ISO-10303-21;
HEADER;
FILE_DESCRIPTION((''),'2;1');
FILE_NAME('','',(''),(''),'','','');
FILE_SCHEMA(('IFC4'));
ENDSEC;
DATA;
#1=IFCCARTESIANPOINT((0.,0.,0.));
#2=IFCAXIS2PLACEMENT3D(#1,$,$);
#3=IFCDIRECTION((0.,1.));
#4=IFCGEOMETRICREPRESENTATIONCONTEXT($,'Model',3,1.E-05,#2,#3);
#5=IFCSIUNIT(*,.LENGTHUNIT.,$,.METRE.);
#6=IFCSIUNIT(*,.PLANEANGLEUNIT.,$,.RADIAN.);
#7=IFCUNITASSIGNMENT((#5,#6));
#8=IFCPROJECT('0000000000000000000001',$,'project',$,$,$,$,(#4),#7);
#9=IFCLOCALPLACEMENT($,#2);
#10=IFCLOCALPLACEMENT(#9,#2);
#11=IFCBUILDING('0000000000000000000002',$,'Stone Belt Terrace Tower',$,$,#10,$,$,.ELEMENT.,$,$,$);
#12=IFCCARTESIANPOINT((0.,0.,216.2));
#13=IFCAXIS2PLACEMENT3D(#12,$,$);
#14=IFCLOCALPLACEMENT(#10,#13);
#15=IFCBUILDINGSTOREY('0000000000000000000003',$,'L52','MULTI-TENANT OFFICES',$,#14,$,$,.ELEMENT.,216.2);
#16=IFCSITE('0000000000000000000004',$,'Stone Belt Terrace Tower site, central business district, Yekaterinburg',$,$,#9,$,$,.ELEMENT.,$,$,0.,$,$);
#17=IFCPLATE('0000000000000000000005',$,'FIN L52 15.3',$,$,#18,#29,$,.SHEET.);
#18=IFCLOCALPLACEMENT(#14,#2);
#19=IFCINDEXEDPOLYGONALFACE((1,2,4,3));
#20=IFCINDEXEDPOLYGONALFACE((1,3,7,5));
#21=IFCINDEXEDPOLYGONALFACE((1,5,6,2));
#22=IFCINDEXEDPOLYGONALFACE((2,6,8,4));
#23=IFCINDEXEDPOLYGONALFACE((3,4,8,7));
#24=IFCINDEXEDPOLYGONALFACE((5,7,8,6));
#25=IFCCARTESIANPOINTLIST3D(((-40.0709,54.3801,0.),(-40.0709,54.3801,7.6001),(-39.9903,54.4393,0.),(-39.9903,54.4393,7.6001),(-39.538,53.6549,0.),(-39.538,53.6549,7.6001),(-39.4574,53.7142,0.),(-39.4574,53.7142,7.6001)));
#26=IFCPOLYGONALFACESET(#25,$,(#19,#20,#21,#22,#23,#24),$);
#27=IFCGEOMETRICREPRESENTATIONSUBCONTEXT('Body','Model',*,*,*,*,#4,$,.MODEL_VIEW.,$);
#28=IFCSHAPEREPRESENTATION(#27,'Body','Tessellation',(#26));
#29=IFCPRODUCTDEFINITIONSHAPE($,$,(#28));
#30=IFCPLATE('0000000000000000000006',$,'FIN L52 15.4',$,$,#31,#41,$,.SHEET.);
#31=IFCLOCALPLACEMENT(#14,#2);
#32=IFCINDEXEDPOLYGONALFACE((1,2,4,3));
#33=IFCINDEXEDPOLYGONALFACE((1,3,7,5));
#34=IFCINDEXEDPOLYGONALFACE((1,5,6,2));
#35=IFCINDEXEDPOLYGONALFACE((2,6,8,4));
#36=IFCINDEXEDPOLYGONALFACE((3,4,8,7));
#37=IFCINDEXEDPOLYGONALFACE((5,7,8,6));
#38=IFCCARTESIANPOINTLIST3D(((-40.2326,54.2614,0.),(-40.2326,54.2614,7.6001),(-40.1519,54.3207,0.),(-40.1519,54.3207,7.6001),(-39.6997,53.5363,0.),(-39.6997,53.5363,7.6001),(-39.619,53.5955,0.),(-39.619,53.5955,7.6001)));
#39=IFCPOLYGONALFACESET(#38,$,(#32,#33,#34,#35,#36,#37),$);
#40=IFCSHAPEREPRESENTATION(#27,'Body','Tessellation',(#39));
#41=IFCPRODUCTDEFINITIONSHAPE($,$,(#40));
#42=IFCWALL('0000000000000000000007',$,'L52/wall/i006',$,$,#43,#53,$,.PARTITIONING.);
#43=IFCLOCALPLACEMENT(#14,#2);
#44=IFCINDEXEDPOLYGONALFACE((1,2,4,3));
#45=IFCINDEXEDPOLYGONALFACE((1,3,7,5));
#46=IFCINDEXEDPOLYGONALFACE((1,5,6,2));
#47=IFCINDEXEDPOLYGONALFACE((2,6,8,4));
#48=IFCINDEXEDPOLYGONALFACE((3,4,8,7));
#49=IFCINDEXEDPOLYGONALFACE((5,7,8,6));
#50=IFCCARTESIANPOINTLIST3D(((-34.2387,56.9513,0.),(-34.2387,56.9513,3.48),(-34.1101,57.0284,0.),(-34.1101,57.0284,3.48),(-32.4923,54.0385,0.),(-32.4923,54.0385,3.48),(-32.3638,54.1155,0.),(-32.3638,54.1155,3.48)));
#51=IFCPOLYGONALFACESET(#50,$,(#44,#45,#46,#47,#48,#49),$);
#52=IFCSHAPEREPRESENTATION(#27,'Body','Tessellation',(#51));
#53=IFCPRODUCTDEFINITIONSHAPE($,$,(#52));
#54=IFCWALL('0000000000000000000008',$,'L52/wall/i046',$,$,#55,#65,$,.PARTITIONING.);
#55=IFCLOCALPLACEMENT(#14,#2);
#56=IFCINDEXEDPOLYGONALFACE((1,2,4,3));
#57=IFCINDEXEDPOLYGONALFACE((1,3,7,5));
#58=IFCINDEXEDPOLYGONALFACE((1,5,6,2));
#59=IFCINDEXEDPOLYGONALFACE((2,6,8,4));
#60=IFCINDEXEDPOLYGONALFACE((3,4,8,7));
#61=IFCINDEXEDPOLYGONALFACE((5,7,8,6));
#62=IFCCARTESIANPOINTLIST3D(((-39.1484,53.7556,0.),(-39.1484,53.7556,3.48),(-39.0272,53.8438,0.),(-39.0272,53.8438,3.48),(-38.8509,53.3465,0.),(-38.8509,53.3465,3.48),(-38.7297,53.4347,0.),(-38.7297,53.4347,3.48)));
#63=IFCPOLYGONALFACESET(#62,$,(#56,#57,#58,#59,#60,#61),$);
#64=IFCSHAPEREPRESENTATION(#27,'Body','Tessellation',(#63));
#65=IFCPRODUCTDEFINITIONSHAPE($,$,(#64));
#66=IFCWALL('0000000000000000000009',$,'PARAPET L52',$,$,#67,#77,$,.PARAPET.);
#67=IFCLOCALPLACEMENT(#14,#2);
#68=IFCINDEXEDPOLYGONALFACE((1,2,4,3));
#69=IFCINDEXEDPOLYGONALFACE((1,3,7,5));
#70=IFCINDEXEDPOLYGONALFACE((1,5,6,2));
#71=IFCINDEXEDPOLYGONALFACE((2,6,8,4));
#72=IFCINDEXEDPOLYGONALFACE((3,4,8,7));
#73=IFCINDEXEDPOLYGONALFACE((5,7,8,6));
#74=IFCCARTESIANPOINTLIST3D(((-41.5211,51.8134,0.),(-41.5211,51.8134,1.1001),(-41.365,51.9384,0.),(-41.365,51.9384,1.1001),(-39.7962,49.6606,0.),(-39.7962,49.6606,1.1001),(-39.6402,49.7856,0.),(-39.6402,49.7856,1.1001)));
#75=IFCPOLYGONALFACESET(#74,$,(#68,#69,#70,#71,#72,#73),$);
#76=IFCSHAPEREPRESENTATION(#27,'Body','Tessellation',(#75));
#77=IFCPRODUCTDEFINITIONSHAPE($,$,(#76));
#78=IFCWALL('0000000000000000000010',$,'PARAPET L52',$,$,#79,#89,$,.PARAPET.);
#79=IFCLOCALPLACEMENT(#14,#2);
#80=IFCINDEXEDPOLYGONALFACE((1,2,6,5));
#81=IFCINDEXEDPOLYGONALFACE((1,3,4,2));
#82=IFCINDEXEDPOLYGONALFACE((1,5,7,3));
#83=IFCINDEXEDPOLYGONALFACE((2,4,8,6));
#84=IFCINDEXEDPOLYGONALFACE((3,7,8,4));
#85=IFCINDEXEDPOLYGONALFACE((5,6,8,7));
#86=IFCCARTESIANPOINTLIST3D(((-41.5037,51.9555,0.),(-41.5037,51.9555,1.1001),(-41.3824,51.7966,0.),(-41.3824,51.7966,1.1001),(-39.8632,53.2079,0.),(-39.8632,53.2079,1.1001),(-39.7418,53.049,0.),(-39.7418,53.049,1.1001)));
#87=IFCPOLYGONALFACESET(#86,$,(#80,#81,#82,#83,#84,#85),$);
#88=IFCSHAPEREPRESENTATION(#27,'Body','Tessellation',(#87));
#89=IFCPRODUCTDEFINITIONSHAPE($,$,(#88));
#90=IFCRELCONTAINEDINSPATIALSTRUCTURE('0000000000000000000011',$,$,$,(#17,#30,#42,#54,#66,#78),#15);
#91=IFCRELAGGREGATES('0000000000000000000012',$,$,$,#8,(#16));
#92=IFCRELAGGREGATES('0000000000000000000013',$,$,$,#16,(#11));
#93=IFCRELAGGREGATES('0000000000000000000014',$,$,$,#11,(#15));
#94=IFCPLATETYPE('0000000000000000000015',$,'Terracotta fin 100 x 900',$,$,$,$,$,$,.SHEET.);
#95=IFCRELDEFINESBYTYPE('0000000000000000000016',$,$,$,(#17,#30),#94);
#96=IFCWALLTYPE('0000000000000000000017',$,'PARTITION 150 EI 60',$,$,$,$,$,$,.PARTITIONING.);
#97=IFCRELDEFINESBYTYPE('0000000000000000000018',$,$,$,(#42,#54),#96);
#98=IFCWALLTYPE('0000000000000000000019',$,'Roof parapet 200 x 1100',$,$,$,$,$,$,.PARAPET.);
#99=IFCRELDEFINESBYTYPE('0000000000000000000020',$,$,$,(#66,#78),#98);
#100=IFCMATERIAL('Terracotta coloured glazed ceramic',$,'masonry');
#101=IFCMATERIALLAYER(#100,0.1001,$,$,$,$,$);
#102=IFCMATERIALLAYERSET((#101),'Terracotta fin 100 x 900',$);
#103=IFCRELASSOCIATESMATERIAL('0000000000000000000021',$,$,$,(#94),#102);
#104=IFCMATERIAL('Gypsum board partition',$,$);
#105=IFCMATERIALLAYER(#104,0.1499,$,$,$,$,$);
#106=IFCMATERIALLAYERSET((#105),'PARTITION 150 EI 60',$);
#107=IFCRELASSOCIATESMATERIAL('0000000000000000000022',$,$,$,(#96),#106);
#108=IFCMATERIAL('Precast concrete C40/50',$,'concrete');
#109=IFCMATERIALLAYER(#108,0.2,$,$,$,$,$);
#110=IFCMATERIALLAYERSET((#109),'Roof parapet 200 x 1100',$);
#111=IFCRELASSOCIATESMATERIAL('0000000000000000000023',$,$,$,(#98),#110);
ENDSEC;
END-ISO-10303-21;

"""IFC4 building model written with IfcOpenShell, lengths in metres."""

from ifc_helpers import new_model, si_unit, direction, frame, frame_2d, origin, origin_2d, place, context, subcontext, project, spatial, rectangle, extrude, material, layer, layer_set, type_object, element, save


model = new_model("IFC4")

# Units and contexts
model_context = context("Model", 3, precision=1e-05, world=origin(), true_north=direction((0.0, 1.0)))
body_context = subcontext(model_context, "Body", "Model", "MODEL_VIEW")
ifc_project = project(units=[si_unit("LENGTHUNIT", "METRE"), si_unit("PLANEANGLEUNIT", "RADIAN")], contexts=[model_context])

# Site, building, storey
site_placement = place(None, origin())
site = spatial("IfcSite", under=ifc_project, at=site_placement, Name="Stone Belt Terrace Tower site, central business district, Yekaterinburg", CompositionType="ELEMENT", RefElevation=0.0)
building_placement = place(site_placement, origin())
building = spatial("IfcBuilding", under=site, at=building_placement, Name="Stone Belt Terrace Tower", CompositionType="ELEMENT")
storey_placement = place(building_placement, frame((0.0, 0.0, 216.2)))
storey = spatial("IfcBuildingStorey", under=building, at=storey_placement, Name="L52", Description="MULTI-TENANT OFFICES", CompositionType="ELEMENT", Elevation=216.2)

# Plates
ifc_material_1 = material(Name="Terracotta coloured glazed ceramic", Category="masonry")
ifc_layer_1 = layer(ifc_material_1, 0.1001)
ifc_layer_set_1 = layer_set([ifc_layer_1], Name="Terracotta fin 100 x 900")
plate_type_1 = type_object("IfcPlateType", Name="Terracotta fin 100 x 900", PredefinedType="SHEET", material=ifc_layer_set_1)
for number, where, z_axis, x_axis, name in (
    (1, (-39.7642, 54.0471, 0.0), (0.0, 0.0, 1.0), (-0.592181, 0.805805, 0.0), "FIN L52 15.3"),
    (2, (-39.9258, 53.9285, 0.0), (0.0, 0.0, 1.0), (-0.592181, 0.805805, 0.0), "FIN L52 15.4"),
):
    element("IfcPlate", number, at=place(storey_placement, frame(where, z_axis=z_axis, x_axis=x_axis)), inside=storey, type_object=plate_type_1, Name=name, PredefinedType="SHEET", context=body_context, shape_type="SweptSolid", body=[
        extrude(rectangle(XDim=0.8999, YDim=0.1001, at=origin_2d()), origin(), (0.0, 0.0, 1.0), 7.6001),
    ])

# Walls
ifc_material_2 = material(Name="Gypsum board partition")
ifc_layer_2 = layer(ifc_material_2, 0.1499)
ifc_layer_set_2 = layer_set([ifc_layer_2], Name="PARTITION 150 EI 60")
wall_type_1 = type_object("IfcWallType", Name="PARTITION 150 EI 60", PredefinedType="PARTITIONING", material=ifc_layer_set_2)
wall_1_placement = place(storey_placement, frame((-32.428, 54.0769, 0.0), z_axis=(0.0, 0.0, 1.0), x_axis=(-0.5142, 0.85767, 0.0)))
element("IfcWall", 3, at=wall_1_placement, inside=storey, type_object=wall_type_1, Name="L52/wall/i006", PredefinedType="PARTITIONING", context=body_context, shape_type="SweptSolid", body=[
    extrude(rectangle(XDim=3.3962, YDim=0.1499, at=frame_2d((1.6982, 0.0))), origin(), (0.0, 0.0, 1.0), 3.48),
])
wall_2_placement = place(storey_placement, frame((-38.7903, 53.3906, 0.0), z_axis=(0.0, 0.0, 1.0), x_axis=(-0.5882, 0.808715, 0.0)))
element("IfcWall", 4, at=wall_2_placement, inside=storey, type_object=wall_type_1, Name="L52/wall/i046", PredefinedType="PARTITIONING", context=body_context, shape_type="SweptSolid", body=[
    extrude(rectangle(XDim=0.5059, YDim=0.1499, at=frame_2d((0.2529, 0.0))), origin(), (0.0, 0.0, 1.0), 3.48),
])
ifc_material_3 = material(Name="Precast concrete C40/50", Category="concrete")
ifc_layer_3 = layer(ifc_material_3, 0.2)
ifc_layer_set_3 = layer_set([ifc_layer_3], Name="Roof parapet 200 x 1100")
wall_type_2 = type_object("IfcWallType", Name="Roof parapet 200 x 1100", PredefinedType="PARAPET", material=ifc_layer_set_3)
wall_3_placement = place(storey_placement, frame((-41.4431, 51.876, 0.0), z_axis=(0.0, 0.0, 1.0), x_axis=(0.625267, -0.780411, 0.0)))
element("IfcWall", 5, at=wall_3_placement, inside=storey, type_object=wall_type_2, Name="PARAPET L52", PredefinedType="PARAPET", context=body_context, shape_type="SweptSolid", body=[
    extrude(rectangle(XDim=2.7585, YDim=0.2, at=frame_2d((1.3794, 0.0))), origin(), (0.0, 0.0, 1.0), 1.1001),
])
wall_4_placement = place(storey_placement, frame((-39.8025, 53.1284, 0.0), z_axis=(0.0, 0.0, 1.0), x_axis=(-0.794861, -0.606791, 0.0)))
element("IfcWall", 6, at=wall_4_placement, inside=storey, type_object=wall_type_2, Name="PARAPET L52", PredefinedType="PARAPET", context=body_context, shape_type="SweptSolid", body=[
    extrude(rectangle(XDim=2.064, YDim=0.2, at=frame_2d((1.032, 0.0))), origin(), (0.0, 0.0, 1.0), 1.1001),
])

save(model, "model.ifc")
